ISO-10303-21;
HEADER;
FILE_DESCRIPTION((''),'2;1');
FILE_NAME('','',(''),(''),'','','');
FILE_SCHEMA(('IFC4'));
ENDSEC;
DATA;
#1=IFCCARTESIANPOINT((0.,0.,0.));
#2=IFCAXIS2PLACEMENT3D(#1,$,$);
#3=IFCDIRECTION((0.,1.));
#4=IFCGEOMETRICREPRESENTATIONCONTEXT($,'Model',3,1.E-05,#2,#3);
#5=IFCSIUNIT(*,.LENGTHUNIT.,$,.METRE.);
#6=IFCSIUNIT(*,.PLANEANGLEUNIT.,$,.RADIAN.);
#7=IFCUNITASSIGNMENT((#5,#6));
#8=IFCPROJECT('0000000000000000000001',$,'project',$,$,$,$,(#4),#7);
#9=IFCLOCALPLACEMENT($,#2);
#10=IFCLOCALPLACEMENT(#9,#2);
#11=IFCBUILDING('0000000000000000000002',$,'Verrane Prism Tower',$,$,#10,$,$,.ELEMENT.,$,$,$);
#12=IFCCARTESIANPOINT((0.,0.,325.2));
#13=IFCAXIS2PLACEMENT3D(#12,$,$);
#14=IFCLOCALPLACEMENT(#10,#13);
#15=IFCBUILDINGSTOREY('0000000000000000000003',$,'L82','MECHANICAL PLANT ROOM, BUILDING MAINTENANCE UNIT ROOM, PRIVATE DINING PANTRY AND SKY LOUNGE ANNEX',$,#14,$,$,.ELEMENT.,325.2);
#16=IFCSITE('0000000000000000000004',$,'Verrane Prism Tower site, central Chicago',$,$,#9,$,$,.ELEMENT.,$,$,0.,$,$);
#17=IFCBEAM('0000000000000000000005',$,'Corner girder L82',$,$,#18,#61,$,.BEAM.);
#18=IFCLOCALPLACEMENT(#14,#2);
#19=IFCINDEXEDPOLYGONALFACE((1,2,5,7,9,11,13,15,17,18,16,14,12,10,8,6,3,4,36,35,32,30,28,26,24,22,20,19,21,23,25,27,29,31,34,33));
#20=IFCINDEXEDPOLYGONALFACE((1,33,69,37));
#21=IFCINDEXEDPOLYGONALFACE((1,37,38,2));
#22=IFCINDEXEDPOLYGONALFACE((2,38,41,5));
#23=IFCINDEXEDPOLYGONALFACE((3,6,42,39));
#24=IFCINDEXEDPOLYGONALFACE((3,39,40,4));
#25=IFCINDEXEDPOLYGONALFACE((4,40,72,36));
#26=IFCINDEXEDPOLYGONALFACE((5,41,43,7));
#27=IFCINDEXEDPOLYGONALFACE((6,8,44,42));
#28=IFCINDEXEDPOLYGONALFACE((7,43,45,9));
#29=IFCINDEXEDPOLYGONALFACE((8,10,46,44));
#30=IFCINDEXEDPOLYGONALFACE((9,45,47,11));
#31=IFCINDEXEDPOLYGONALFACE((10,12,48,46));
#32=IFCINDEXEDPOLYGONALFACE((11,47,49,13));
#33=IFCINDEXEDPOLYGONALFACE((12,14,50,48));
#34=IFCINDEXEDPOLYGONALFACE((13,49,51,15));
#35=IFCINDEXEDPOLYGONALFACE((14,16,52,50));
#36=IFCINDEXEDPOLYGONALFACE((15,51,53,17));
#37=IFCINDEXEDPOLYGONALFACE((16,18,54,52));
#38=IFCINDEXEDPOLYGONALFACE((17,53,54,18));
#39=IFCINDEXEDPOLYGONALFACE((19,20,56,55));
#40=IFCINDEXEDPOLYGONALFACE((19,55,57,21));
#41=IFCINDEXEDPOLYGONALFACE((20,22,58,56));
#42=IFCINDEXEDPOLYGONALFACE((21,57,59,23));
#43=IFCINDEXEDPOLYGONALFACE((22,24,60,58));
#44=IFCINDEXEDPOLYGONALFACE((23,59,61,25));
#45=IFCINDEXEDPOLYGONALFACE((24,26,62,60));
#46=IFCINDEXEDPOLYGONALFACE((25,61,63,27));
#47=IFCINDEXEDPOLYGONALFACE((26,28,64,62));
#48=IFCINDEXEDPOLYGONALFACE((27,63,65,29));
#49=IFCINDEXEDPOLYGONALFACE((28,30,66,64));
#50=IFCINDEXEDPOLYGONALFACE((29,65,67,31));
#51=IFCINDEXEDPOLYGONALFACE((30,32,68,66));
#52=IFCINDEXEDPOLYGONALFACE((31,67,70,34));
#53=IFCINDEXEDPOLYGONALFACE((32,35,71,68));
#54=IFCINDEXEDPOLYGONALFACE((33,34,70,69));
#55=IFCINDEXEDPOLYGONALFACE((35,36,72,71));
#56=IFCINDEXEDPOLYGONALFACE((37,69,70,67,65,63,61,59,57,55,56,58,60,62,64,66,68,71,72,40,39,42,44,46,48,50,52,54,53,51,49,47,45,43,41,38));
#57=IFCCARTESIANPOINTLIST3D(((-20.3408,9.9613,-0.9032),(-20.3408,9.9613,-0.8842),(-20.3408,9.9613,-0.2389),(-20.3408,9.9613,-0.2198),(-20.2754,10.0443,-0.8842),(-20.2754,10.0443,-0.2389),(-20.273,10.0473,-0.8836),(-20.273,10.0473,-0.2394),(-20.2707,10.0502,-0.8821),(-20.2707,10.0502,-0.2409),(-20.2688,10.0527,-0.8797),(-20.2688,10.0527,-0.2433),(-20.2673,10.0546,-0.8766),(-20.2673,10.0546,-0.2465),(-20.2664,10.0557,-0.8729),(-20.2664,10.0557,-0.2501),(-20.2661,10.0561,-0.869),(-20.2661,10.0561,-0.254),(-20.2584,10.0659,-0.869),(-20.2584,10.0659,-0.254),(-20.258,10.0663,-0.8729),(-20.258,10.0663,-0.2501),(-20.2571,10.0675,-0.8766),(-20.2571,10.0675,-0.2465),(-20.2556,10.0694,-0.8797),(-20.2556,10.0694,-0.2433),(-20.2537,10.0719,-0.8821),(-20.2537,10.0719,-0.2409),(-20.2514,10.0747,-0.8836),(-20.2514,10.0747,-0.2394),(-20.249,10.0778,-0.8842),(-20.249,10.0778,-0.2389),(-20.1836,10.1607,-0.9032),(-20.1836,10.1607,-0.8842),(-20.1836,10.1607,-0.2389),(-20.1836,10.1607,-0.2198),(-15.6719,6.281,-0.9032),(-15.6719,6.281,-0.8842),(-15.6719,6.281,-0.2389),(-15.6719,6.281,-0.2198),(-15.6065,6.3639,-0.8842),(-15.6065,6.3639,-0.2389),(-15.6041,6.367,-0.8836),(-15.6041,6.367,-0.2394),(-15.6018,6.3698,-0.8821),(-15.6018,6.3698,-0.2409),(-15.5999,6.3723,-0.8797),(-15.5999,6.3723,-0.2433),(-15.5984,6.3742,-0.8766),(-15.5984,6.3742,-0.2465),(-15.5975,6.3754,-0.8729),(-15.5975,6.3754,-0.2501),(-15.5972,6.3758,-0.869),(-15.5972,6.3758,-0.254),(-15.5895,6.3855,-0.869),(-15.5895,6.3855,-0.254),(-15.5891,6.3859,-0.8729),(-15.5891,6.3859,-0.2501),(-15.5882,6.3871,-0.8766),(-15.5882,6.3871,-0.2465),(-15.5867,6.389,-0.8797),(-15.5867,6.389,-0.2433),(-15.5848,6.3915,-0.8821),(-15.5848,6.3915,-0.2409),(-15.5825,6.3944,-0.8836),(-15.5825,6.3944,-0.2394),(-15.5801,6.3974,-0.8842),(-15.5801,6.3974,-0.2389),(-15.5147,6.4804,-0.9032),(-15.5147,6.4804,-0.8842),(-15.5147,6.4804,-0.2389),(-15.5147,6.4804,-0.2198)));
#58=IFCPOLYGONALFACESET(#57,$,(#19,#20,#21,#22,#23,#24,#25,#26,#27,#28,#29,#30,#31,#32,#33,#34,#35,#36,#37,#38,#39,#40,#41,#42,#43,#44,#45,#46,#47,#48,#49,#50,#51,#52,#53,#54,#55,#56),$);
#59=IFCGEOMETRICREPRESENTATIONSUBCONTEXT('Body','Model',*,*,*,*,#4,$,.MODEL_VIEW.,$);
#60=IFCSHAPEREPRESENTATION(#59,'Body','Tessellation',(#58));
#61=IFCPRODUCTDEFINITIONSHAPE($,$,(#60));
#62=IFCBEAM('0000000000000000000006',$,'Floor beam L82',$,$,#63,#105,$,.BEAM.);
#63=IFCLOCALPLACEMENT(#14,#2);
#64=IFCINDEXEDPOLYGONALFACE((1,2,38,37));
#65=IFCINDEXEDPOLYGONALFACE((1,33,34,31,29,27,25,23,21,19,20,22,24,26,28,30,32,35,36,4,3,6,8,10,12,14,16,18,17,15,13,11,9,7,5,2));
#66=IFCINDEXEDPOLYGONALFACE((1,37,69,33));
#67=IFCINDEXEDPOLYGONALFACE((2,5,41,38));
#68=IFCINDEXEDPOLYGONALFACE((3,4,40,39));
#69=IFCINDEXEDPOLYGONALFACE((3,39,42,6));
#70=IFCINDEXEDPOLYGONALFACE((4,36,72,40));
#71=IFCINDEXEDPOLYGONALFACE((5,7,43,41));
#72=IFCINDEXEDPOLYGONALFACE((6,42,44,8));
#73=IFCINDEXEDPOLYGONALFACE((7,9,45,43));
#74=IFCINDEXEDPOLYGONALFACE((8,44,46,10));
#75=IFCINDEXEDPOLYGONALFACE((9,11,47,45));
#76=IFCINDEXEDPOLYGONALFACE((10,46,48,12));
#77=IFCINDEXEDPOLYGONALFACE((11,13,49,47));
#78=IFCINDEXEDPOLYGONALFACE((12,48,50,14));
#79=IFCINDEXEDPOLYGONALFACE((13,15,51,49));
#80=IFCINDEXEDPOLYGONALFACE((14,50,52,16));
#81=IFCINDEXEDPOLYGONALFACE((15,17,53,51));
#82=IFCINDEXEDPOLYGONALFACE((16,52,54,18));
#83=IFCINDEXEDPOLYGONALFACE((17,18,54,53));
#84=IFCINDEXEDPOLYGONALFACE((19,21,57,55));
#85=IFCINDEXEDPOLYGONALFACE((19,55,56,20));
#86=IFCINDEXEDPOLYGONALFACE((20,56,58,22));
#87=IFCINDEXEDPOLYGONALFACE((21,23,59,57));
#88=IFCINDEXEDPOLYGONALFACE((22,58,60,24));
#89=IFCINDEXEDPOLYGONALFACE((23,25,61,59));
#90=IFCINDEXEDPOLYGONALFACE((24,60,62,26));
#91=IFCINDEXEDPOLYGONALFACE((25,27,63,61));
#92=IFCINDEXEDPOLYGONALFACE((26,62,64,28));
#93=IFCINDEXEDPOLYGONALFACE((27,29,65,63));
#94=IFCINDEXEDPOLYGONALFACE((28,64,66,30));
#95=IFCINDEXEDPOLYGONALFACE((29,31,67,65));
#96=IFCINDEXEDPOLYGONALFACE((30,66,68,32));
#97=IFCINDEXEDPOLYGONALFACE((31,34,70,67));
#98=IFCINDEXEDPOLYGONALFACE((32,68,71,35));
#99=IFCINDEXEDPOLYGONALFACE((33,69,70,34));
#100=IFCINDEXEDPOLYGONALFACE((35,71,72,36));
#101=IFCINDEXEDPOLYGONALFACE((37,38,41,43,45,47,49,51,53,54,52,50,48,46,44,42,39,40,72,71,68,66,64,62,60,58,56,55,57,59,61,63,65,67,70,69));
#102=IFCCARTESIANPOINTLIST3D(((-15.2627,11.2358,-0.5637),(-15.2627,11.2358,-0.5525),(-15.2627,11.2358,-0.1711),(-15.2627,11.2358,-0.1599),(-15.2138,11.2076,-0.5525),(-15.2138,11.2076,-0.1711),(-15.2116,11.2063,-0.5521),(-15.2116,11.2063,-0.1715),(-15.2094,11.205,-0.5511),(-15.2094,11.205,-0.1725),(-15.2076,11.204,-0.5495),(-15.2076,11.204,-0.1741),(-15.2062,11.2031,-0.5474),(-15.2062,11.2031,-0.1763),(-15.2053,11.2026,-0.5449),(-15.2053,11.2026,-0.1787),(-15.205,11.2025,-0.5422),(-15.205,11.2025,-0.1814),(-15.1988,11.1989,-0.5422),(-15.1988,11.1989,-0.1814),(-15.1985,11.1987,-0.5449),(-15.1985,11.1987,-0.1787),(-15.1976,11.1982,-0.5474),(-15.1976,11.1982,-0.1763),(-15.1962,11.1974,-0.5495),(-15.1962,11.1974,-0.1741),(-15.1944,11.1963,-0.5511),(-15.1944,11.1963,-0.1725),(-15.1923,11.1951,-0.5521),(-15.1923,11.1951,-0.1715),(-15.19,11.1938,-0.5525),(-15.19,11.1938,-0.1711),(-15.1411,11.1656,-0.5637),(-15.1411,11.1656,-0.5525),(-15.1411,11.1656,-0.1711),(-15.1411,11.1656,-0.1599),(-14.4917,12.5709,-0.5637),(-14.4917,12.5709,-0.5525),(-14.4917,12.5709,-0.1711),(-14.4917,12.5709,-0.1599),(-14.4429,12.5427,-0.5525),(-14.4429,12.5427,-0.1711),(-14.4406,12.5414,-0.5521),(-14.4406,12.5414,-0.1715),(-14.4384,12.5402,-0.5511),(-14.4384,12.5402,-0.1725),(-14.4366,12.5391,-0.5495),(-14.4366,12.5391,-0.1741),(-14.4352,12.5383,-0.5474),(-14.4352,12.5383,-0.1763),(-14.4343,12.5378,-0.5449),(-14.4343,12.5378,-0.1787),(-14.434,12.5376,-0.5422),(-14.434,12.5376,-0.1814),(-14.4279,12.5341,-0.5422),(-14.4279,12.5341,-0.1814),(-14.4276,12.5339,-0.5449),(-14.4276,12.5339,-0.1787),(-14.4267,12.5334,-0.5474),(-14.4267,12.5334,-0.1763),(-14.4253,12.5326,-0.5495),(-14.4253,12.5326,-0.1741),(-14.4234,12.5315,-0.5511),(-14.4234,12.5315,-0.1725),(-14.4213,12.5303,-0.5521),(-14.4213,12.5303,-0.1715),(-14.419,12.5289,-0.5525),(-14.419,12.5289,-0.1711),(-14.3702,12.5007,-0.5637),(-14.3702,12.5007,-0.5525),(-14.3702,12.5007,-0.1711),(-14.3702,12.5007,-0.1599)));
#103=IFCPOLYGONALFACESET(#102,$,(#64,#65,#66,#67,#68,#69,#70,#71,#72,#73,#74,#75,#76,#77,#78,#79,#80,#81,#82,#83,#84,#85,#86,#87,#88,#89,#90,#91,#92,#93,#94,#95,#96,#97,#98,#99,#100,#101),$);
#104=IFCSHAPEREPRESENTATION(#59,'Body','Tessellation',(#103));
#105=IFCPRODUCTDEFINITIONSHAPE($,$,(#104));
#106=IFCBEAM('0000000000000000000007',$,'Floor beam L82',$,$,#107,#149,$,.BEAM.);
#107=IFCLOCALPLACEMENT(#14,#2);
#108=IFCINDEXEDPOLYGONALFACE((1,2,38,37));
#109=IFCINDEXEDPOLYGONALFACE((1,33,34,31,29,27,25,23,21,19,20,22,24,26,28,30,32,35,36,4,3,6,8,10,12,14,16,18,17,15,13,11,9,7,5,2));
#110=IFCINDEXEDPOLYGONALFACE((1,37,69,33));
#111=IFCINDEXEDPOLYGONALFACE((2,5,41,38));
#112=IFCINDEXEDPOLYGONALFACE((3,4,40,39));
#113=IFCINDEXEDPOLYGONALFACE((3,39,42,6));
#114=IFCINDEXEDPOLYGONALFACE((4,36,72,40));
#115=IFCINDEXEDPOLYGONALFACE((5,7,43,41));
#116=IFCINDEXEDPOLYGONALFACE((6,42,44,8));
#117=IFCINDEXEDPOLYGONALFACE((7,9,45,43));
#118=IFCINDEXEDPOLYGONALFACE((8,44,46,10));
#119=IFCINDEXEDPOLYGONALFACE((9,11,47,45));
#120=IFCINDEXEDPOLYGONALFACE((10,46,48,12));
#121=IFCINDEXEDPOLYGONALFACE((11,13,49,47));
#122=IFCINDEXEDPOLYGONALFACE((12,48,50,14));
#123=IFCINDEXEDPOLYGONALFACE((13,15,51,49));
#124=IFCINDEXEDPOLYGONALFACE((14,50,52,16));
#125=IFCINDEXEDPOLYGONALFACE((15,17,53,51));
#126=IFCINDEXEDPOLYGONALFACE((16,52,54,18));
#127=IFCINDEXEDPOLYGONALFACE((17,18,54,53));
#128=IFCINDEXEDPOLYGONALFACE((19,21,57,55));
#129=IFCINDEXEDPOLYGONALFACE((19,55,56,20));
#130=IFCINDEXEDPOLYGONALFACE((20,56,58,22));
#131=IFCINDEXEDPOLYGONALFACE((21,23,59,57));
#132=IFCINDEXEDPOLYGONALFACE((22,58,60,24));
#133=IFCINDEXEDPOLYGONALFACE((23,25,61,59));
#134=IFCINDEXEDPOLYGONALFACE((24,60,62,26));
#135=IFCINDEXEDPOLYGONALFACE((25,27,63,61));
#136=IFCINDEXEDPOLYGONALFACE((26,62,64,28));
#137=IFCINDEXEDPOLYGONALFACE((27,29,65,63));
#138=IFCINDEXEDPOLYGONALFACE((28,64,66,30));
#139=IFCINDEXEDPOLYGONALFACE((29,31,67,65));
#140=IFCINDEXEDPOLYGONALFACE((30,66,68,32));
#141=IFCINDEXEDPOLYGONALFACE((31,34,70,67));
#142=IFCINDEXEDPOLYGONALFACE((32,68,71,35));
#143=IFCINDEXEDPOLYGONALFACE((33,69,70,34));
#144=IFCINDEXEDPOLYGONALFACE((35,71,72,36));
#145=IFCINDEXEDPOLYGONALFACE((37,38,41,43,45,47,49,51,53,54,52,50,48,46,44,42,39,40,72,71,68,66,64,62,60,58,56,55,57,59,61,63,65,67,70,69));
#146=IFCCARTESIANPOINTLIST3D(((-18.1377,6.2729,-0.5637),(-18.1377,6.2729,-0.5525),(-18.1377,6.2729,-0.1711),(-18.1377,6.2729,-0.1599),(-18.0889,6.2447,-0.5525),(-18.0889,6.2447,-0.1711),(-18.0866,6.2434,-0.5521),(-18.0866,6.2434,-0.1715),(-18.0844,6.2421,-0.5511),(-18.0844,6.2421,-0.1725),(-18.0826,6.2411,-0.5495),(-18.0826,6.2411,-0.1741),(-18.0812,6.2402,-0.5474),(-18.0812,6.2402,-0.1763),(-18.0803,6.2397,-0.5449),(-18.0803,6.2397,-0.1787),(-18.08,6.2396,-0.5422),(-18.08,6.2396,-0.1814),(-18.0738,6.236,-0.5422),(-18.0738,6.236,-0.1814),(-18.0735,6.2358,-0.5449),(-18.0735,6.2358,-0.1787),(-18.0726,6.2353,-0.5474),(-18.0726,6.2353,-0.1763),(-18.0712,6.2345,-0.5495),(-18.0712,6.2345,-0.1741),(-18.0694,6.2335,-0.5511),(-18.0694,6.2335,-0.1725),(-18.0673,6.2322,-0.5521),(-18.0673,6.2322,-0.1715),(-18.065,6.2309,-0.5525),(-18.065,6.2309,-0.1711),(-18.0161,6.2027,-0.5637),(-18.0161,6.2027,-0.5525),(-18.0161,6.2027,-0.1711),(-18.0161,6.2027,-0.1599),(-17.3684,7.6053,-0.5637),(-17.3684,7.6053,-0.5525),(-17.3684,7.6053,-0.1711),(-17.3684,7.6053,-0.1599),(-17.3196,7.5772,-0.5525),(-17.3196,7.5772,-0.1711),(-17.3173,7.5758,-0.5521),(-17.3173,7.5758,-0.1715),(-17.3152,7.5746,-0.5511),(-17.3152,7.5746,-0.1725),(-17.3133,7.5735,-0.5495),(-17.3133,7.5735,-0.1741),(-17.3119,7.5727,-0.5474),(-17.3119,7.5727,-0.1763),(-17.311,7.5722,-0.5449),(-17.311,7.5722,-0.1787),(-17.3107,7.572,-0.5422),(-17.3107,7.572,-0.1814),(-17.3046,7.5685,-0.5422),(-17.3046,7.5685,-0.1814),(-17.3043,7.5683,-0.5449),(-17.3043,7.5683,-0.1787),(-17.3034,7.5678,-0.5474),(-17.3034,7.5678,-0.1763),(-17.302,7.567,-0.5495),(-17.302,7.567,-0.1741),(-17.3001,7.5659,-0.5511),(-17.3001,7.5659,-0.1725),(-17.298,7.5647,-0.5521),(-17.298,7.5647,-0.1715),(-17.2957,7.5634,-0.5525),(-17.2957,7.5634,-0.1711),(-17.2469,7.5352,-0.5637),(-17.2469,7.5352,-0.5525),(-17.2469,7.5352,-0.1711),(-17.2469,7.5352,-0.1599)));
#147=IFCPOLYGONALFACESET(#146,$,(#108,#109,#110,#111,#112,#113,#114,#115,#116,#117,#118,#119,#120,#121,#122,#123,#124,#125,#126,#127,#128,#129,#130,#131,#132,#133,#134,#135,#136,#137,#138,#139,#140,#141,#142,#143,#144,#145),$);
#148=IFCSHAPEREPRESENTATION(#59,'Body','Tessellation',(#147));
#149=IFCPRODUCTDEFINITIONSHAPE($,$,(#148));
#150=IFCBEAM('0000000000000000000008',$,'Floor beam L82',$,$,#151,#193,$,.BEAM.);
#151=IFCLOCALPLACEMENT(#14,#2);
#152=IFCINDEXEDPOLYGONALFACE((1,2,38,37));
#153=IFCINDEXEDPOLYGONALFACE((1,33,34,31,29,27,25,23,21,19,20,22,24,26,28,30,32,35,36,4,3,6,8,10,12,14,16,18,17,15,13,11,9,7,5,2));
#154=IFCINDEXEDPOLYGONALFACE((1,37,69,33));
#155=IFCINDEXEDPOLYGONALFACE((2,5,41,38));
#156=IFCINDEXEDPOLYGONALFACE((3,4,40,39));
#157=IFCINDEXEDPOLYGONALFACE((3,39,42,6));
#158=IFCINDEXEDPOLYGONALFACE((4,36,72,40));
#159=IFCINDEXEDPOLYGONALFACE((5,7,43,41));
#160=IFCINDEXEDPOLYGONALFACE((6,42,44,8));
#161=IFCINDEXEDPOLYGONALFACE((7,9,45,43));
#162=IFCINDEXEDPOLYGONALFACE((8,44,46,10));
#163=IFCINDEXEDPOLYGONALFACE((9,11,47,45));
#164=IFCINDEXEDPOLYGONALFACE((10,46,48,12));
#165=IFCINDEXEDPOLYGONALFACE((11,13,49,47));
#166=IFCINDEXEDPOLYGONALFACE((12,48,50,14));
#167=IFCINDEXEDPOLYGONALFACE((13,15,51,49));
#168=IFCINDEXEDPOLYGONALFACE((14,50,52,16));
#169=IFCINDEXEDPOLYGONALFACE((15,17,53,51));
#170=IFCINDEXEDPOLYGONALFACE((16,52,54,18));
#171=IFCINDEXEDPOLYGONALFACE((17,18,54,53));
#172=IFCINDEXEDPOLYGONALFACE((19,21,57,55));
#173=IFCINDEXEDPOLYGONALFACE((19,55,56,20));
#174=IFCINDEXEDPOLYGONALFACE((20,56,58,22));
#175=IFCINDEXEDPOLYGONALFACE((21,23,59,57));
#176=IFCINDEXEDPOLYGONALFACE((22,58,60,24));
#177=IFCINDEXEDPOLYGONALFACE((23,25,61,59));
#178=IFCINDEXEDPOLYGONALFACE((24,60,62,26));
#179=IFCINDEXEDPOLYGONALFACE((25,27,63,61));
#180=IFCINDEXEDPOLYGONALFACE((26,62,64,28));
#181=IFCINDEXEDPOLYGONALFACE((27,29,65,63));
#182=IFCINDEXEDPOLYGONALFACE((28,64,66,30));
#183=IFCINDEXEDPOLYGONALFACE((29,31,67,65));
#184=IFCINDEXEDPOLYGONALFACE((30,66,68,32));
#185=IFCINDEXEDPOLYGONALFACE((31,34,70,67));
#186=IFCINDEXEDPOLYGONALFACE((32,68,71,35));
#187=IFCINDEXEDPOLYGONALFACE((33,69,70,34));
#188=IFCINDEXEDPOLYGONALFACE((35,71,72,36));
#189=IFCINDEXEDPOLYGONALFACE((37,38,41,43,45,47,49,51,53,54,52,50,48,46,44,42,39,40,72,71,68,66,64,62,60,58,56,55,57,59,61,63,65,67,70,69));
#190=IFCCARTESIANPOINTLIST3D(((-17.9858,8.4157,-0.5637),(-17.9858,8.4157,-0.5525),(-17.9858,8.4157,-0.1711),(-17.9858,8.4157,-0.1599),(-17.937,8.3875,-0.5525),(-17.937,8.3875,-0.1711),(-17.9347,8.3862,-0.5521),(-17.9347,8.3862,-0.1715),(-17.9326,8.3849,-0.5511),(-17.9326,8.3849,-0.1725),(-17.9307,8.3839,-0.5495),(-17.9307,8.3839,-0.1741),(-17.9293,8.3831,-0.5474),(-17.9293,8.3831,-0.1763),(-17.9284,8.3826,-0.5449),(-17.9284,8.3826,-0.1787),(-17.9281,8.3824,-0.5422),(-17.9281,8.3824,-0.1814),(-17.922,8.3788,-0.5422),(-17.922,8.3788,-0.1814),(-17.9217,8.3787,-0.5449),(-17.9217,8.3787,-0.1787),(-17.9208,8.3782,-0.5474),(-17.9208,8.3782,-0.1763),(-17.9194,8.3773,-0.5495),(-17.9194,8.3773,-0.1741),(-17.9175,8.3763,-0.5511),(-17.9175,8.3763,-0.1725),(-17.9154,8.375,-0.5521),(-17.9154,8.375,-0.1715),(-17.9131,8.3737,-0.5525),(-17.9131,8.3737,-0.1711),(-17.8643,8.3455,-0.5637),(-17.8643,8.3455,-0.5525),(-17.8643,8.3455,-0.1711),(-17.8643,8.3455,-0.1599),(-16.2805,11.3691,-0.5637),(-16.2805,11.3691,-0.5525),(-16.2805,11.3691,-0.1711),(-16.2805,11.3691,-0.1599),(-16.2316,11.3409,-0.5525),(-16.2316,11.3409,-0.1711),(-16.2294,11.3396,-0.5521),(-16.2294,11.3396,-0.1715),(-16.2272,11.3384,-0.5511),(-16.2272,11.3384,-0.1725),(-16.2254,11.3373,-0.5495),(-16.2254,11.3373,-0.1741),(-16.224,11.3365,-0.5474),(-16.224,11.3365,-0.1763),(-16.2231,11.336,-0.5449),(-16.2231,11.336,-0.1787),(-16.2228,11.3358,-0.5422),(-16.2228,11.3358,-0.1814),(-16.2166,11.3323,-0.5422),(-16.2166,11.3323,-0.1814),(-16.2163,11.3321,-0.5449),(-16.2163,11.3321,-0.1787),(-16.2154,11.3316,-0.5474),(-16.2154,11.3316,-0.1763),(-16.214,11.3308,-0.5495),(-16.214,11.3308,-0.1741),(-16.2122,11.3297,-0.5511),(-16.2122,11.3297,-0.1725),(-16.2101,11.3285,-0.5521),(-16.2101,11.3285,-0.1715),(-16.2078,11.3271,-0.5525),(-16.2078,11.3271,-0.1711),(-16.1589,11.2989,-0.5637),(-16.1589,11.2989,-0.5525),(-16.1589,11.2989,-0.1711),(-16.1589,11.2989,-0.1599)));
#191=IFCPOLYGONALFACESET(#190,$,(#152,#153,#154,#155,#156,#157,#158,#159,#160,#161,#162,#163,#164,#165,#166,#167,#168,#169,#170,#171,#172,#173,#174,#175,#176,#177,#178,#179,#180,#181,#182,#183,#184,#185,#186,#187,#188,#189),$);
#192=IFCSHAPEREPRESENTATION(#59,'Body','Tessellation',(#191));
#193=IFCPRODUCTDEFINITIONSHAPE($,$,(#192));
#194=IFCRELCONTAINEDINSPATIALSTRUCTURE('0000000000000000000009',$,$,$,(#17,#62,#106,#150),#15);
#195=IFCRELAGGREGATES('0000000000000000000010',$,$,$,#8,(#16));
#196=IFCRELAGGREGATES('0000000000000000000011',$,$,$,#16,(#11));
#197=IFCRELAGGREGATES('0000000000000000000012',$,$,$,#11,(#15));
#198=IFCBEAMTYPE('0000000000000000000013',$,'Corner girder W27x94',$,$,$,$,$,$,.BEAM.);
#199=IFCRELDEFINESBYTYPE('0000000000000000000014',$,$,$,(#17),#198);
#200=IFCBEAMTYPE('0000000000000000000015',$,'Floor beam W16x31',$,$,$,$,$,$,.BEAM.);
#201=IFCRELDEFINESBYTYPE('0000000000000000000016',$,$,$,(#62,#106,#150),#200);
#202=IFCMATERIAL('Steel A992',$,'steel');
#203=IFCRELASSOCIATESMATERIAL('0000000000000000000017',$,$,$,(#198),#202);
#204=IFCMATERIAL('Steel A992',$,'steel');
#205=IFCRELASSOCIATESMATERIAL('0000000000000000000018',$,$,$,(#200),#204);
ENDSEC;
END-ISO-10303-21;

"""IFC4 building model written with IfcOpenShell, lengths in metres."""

from ifc_helpers import new_model, si_unit, direction, frame, origin, origin_2d, place, context, subcontext, project, spatial, i_section, extrude, material, material_profile, profile_set, type_object, element, save


model = new_model("IFC4")

# Units and contexts
model_context = context("Model", 3, precision=1e-05, world=origin(), true_north=direction((0.0, 1.0)))
body_context = subcontext(model_context, "Body", "Model", "MODEL_VIEW")
ifc_project = project(units=[si_unit("LENGTHUNIT", "METRE"), si_unit("PLANEANGLEUNIT", "RADIAN")], contexts=[model_context])

# Site, building, storey
site_placement = place(None, origin())
site = spatial("IfcSite", under=ifc_project, at=site_placement, Name="Verrane Prism Tower site, central Chicago", CompositionType="ELEMENT", RefElevation=0.0)
building_placement = place(site_placement, origin())
building = spatial("IfcBuilding", under=site, at=building_placement, Name="Verrane Prism Tower", CompositionType="ELEMENT")
storey_placement = place(building_placement, frame((0.0, 0.0, 325.2)))
storey = spatial("IfcBuildingStorey", under=building, at=storey_placement, Name="L82", Description="MECHANICAL PLANT ROOM, BUILDING MAINTENANCE UNIT ROOM, PRIVATE DINING PANTRY AND SKY LOUNGE ANNEX", CompositionType="ELEMENT", Elevation=325.2)

# Beams
ifc_material_1 = material(Name="Steel A992", Category="steel")
ifc_material_profile_1 = material_profile(ifc_material_1, i_section(OverallWidth=0.2539, OverallDepth=0.6833, WebThickness=0.0125, FlangeThickness=0.019, FilletRadius=0.0151, at=origin_2d()), Name="W27x94")
ifc_profile_set_1 = profile_set([ifc_material_profile_1], Name="Steel A992")
beam_type_1 = type_object("IfcBeamType", Name="Corner girder W27x94", PredefinedType="BEAM", material=ifc_profile_set_1)
for number, where, z_axis, x_axis, name in (
    (1, (-20.2622, 10.061, -0.5615), (0.78534, -0.619065, 0.0), (0.619065, 0.78534, 0.0), "Corner girder L82"),
):
    element("IfcBeam", number, at=place(storey_placement, frame(where, z_axis=z_axis, x_axis=x_axis)), inside=storey, type_object=beam_type_1, Name=name, PredefinedType="BEAM", context=body_context, shape_type="SweptSolid", body=[
        extrude(i_section(OverallWidth=0.2539, OverallDepth=0.6833, WebThickness=0.0125, FlangeThickness=0.019, FilletRadius=0.0151, at=origin_2d()), origin(), (0.0, 0.0, 1.0), 5.9451),
    ])
ifc_material_2 = material(Name="Steel A992", Category="steel")
ifc_material_profile_2 = material_profile(ifc_material_2, i_section(OverallWidth=0.1404, OverallDepth=0.4038, WebThickness=0.0071, FlangeThickness=0.0112, FilletRadius=0.0103, at=origin_2d()), Name="W16x31")
ifc_profile_set_2 = profile_set([ifc_material_profile_2], Name="Steel A992")
beam_type_2 = type_object("IfcBeamType", Name="Floor beam W16x31", PredefinedType="BEAM", material=ifc_profile_set_2)
beam_1_placement = place(storey_placement, frame((-15.2019, 11.2007, -0.3618), z_axis=(0.500056, 0.865993, 0.0), x_axis=(-0.865993, 0.500056, 0.0)))
element("IfcBeam", 2, at=beam_1_placement, inside=storey, type_object=beam_type_2, Name="Floor beam L82", PredefinedType="BEAM", context=body_context, shape_type="SweptSolid", body=[
    extrude(i_section(OverallWidth=0.1404, OverallDepth=0.4038, WebThickness=0.0071, FlangeThickness=0.0112, FilletRadius=0.0103, at=origin_2d()), origin(), (0.0, 0.0, 1.0), 1.5417),
])
beam_2_placement = place(storey_placement, frame((-18.0769, 6.2378, -0.3618), z_axis=(0.499979, 0.866038, 0.0), x_axis=(-0.866038, 0.499979, 0.0)))
element("IfcBeam", 3, at=beam_2_placement, inside=storey, type_object=beam_type_2, Name="Floor beam L82", PredefinedType="BEAM", context=body_context, shape_type="SweptSolid", body=[
    extrude(i_section(OverallWidth=0.1404, OverallDepth=0.4038, WebThickness=0.0071, FlangeThickness=0.0112, FilletRadius=0.0103, at=origin_2d()), origin(), (0.0, 0.0, 1.0), 1.5386),
])
beam_3_placement = place(storey_placement, frame((-17.925, 8.3806, -0.3618), z_axis=(0.500043, 0.866001, 0.0), x_axis=(-0.866001, 0.500043, 0.0)))
element("IfcBeam", 4, at=beam_3_placement, inside=storey, type_object=beam_type_2, Name="Floor beam L82", PredefinedType="BEAM", context=body_context, shape_type="SweptSolid", body=[
    extrude(i_section(OverallWidth=0.1404, OverallDepth=0.4038, WebThickness=0.0071, FlangeThickness=0.0112, FilletRadius=0.0103, at=origin_2d()), origin(), (0.0, 0.0, 1.0), 3.4104),
])

save(model, "model.ifc")
